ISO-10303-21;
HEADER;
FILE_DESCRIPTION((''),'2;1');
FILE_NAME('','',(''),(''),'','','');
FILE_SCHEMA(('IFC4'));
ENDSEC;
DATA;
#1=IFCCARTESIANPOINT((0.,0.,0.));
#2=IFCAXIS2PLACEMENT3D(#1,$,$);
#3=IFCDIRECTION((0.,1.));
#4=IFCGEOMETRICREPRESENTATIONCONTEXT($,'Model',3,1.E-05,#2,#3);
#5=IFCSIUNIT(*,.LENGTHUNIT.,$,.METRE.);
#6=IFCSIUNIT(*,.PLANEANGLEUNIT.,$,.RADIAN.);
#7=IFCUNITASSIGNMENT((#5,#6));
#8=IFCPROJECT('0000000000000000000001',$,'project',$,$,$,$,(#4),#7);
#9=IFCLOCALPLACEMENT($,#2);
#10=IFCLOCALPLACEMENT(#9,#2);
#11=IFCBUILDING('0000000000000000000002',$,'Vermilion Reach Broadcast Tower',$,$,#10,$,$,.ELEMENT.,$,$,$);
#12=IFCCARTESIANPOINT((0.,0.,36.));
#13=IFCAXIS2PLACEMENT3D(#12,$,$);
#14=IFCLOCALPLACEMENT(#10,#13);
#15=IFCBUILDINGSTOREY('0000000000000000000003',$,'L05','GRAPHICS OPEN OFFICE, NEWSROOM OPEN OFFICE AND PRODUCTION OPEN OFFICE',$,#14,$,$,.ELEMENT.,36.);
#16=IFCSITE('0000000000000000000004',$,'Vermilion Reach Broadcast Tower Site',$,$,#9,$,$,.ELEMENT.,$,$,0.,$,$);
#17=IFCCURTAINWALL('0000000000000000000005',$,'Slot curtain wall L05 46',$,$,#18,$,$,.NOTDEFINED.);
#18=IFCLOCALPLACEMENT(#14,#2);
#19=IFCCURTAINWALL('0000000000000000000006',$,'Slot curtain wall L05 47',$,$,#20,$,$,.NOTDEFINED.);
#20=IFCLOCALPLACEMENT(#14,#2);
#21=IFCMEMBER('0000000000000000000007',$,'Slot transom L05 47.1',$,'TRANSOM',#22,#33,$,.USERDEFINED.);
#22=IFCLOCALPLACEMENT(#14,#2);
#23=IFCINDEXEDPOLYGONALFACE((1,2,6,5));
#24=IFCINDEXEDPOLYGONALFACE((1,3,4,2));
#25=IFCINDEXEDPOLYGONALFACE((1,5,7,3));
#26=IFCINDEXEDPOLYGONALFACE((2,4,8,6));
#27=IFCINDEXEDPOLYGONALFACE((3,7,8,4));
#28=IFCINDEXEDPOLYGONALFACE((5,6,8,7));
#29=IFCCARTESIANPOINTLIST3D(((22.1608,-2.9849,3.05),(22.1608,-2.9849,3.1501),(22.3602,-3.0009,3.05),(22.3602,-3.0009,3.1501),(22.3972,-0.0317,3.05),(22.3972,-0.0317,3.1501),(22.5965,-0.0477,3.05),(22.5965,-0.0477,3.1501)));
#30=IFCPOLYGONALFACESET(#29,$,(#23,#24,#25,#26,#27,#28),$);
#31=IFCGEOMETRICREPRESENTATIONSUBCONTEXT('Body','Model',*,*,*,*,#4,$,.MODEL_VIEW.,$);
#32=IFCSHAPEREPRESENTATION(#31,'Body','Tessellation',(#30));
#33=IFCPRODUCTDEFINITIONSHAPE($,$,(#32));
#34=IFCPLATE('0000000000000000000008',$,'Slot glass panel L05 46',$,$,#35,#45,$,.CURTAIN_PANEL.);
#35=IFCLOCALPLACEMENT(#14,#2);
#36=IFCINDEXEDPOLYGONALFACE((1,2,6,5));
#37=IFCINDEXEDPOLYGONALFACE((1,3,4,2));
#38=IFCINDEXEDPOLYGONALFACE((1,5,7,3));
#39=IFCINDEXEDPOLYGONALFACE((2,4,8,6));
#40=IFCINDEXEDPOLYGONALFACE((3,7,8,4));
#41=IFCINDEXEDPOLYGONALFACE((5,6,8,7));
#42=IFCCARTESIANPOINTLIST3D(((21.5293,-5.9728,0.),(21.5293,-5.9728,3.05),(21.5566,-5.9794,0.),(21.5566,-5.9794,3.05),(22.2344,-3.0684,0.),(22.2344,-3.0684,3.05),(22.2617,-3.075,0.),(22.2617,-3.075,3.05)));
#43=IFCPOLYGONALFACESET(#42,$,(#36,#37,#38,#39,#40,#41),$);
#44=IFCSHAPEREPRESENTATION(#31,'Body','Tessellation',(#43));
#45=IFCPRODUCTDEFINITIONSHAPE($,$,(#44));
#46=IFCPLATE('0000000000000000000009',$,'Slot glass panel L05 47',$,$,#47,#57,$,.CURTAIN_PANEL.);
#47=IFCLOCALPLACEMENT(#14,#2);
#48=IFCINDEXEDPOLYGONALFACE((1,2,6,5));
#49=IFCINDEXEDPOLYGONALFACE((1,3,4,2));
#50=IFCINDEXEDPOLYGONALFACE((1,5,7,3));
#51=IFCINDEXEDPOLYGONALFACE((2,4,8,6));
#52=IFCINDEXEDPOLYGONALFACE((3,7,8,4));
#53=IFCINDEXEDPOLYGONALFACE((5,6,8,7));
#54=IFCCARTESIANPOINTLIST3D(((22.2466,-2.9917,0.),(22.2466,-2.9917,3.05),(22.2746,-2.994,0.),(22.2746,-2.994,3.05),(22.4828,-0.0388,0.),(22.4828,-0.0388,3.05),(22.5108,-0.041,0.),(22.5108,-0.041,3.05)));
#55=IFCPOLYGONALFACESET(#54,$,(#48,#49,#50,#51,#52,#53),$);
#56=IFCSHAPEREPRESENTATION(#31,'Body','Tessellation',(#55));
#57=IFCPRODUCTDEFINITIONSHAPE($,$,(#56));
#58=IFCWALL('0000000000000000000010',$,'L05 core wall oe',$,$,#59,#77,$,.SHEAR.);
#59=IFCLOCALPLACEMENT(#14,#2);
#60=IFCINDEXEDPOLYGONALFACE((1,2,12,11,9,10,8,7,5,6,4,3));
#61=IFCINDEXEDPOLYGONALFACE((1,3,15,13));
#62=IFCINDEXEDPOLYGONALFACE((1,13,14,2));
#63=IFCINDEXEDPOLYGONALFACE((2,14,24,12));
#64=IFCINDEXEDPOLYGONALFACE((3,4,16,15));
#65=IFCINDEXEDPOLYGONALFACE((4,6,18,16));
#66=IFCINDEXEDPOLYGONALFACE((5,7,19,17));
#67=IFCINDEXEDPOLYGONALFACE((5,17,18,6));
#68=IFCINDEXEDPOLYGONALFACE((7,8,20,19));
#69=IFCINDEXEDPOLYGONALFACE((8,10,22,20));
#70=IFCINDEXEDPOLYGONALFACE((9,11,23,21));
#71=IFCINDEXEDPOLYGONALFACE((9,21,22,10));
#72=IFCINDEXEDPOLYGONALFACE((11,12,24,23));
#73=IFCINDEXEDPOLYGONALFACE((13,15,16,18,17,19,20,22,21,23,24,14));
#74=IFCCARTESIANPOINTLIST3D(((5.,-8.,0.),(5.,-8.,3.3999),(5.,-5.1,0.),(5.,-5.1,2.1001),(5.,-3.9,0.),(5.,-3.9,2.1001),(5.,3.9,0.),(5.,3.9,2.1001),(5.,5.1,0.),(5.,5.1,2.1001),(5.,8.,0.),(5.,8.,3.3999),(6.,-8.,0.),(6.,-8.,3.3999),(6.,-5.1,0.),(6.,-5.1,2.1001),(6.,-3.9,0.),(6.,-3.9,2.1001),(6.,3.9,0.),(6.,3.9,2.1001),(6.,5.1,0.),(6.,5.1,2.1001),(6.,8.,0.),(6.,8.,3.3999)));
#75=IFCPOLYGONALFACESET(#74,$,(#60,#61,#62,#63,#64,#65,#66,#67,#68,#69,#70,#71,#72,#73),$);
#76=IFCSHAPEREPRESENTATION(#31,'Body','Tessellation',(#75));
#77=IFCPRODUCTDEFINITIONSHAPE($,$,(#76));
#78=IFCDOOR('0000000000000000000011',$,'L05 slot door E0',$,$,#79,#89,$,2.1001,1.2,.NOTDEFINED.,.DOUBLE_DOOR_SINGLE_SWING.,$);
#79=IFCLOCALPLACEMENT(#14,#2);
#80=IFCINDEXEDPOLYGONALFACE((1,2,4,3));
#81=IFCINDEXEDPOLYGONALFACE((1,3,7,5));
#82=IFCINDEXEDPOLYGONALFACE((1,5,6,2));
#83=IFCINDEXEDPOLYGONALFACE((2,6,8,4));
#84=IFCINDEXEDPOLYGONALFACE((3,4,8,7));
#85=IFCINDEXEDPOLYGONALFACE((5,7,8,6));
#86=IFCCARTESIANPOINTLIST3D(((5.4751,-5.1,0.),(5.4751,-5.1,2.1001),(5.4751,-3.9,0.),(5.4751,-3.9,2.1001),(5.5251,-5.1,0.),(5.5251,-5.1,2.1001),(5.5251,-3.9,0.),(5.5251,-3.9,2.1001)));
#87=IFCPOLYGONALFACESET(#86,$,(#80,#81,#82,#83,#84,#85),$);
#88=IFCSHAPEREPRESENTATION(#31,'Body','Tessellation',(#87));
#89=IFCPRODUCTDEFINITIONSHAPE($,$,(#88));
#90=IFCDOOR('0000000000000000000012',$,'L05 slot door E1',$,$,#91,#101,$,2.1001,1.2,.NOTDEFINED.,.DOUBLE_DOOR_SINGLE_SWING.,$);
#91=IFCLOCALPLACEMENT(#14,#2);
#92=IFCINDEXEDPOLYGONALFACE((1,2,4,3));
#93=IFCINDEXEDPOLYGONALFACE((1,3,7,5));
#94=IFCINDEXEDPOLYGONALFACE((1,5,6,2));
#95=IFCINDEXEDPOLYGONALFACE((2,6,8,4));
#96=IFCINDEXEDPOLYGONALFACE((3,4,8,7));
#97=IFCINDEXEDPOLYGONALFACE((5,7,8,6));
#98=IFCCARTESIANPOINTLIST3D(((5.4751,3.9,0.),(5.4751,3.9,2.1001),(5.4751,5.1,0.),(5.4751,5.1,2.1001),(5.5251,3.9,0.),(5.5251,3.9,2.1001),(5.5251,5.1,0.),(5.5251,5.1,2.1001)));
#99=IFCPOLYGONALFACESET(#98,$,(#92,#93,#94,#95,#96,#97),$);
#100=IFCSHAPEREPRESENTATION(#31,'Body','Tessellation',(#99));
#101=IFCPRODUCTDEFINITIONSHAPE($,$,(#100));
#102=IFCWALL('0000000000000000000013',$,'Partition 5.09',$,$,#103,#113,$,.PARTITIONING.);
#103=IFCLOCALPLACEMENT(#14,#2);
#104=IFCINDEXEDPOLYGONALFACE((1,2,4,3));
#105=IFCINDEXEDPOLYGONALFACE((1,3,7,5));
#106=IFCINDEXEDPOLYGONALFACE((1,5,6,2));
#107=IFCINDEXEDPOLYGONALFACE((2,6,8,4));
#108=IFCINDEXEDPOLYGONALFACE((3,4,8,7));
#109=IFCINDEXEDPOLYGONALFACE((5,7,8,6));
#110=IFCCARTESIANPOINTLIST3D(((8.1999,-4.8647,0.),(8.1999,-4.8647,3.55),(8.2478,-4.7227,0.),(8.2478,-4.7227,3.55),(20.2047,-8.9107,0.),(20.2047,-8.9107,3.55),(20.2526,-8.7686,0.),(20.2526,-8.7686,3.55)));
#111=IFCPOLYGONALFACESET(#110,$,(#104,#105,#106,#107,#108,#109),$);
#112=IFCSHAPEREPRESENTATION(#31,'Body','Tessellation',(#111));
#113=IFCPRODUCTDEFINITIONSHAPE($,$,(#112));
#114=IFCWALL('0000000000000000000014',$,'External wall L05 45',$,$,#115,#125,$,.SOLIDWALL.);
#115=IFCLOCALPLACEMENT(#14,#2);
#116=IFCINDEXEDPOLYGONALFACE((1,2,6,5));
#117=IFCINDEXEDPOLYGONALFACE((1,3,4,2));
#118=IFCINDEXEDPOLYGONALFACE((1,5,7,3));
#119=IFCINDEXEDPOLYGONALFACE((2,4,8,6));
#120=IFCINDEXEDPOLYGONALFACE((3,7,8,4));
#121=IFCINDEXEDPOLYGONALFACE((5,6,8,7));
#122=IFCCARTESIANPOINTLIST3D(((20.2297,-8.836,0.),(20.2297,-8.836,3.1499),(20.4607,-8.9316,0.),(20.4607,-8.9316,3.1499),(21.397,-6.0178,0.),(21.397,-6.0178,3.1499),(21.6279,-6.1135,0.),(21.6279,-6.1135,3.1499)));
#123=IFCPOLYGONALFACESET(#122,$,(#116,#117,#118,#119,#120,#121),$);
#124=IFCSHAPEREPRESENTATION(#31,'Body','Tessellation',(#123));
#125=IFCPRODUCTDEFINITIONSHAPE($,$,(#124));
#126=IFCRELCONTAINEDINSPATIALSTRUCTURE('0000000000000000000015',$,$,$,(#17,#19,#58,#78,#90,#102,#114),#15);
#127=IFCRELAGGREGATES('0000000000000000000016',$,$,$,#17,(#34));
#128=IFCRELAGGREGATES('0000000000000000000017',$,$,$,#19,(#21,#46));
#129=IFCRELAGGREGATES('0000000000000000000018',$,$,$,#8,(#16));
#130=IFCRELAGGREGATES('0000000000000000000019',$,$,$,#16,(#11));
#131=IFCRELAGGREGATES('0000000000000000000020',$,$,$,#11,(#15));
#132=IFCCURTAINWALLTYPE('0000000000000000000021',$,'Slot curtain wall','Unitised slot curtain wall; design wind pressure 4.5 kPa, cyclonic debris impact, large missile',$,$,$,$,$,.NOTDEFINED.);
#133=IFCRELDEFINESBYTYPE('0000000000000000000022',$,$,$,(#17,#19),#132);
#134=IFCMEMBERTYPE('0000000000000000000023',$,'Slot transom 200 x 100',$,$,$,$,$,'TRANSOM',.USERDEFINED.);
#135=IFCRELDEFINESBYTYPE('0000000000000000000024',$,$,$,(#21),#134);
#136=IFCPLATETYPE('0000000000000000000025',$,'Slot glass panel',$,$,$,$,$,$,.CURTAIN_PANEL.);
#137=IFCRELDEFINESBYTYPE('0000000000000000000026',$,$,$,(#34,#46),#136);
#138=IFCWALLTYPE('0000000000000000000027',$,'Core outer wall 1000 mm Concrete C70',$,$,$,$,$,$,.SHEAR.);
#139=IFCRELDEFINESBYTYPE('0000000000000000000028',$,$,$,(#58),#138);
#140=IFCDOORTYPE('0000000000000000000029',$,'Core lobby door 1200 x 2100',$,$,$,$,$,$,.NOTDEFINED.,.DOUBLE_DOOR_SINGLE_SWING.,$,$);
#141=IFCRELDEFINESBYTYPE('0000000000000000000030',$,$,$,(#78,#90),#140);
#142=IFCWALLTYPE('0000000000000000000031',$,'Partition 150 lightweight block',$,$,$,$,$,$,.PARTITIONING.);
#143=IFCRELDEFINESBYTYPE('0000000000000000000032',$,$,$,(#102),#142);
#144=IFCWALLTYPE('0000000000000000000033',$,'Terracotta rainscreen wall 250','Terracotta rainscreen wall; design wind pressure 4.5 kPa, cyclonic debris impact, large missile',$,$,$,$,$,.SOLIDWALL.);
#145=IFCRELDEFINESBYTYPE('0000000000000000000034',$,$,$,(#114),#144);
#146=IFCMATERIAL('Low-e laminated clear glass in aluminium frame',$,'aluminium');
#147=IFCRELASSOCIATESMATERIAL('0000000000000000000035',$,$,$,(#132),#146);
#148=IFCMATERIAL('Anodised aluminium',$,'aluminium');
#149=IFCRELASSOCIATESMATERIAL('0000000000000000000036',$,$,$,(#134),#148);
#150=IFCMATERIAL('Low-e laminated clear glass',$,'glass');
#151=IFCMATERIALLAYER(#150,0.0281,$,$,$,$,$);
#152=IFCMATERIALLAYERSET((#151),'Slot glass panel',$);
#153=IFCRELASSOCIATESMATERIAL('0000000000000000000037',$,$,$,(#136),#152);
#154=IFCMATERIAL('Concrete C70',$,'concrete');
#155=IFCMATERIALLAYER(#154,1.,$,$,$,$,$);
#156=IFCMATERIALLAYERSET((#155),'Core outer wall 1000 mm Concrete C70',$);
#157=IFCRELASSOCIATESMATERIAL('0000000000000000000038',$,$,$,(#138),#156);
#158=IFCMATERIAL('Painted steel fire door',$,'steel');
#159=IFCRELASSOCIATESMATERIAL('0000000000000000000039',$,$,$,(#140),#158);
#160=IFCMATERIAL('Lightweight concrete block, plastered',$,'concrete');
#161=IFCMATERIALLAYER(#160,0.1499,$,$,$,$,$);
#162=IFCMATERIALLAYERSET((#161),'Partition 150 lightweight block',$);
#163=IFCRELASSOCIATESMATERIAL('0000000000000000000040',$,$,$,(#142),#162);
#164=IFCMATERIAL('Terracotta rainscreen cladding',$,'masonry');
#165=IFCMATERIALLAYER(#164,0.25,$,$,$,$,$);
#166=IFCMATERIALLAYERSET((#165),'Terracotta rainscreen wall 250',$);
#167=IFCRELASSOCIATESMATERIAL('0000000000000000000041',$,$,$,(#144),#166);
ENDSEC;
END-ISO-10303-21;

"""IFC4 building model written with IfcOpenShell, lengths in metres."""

from ifc_helpers import new_model, si_unit, direction, frame, frame_2d, origin, origin_2d, place, context, subcontext, project, spatial, rectangle, extrude, material, layer, layer_set, material_profile, profile_set, type_object, element, fill, aggregate, save


model = new_model("IFC4")

# Units and contexts
model_context = context("Model", 3, precision=1e-05, world=origin(), true_north=direction((0.0, 1.0)))
body_context = subcontext(model_context, "Body", "Model", "MODEL_VIEW")
ifc_project = project(units=[si_unit("LENGTHUNIT", "METRE"), si_unit("PLANEANGLEUNIT", "RADIAN")], contexts=[model_context])

# Site, building, storey
site_placement = place(None, origin())
site = spatial("IfcSite", under=ifc_project, at=site_placement, Name="Vermilion Reach Broadcast Tower Site", CompositionType="ELEMENT", RefElevation=0.0)
building_placement = place(site_placement, origin())
building = spatial("IfcBuilding", under=site, at=building_placement, Name="Vermilion Reach Broadcast Tower", CompositionType="ELEMENT")
storey_placement = place(building_placement, frame((0.0, 0.0, 36.0)))
storey = spatial("IfcBuildingStorey", under=building, at=storey_placement, Name="L05", Description="GRAPHICS OPEN OFFICE, NEWSROOM OPEN OFFICE AND PRODUCTION OPEN OFFICE", CompositionType="ELEMENT", Elevation=36.0)

# Curtain walls
ifc_material_1 = material(Name="Low-e laminated clear glass in aluminium frame", Category="aluminium")
curtain_wall_type = type_object("IfcCurtainWallType", Name="Slot curtain wall", Description="Unitised slot curtain wall; design wind pressure 4.5 kPa, cyclonic debris impact, large missile", PredefinedType="NOTDEFINED", material=ifc_material_1)
placement = place(storey_placement, origin())
curtain_wall_1 = element("IfcCurtainWall", 1, at=placement, inside=storey, type_object=curtain_wall_type, Name="Slot curtain wall L05 46", PredefinedType="NOTDEFINED")
curtain_wall_2 = element("IfcCurtainWall", 2, at=placement, inside=storey, type_object=curtain_wall_type, Name="Slot curtain wall L05 47", PredefinedType="NOTDEFINED")

# Member
ifc_material_2 = material(Name="Anodised aluminium", Category="aluminium")
ifc_material_profile_1 = material_profile(ifc_material_2, rectangle(XDim=0.2, YDim=0.1001, at=origin_2d()), Name="Slot transom 200 x 100")
ifc_profile_set_1 = profile_set([ifc_material_profile_1], Name="Anodised aluminium")
member_type_1 = type_object("IfcMemberType", Name="Slot transom 200 x 100", ElementType="TRANSOM", PredefinedType="USERDEFINED", material=ifc_profile_set_1)
member_1_placement = place(storey_placement, frame((22.2605, -2.9929, 3.1001), z_axis=(0.079771, 0.996813, 0.0), x_axis=(-0.996813, 0.079771, 0.0)))
member_1 = element("IfcMember", 3, at=member_1_placement, type_object=member_type_1, Name="Slot transom L05 47.1", ObjectType="TRANSOM", PredefinedType="USERDEFINED", context=body_context, shape_type="SweptSolid", body=[
    extrude(rectangle(XDim=0.2, YDim=0.1001, at=origin_2d()), origin(), (0.0, 0.0, 1.0), 2.9626),
])

# Plates
ifc_material_3 = material(Name="Low-e laminated clear glass", Category="glass")
ifc_layer_1 = layer(ifc_material_3, 0.0281)
ifc_layer_set_1 = layer_set([ifc_layer_1], Name="Slot glass panel")
plate_type = type_object("IfcPlateType", Name="Slot glass panel", PredefinedType="CURTAIN_PANEL", material=ifc_layer_set_1)
plate_1_placement = place(storey_placement, frame((21.8955, -4.5239, 0.0), z_axis=(0.0, 0.0, 1.0), x_axis=(0.235897, 0.971778, 0.0)))
plate_1 = element("IfcPlate", 4, at=plate_1_placement, type_object=plate_type, Name="Slot glass panel L05 46", PredefinedType="CURTAIN_PANEL", context=body_context, shape_type="SweptSolid", body=[
    extrude(rectangle(XDim=2.9888, YDim=0.0281, at=origin_2d()), origin(), (0.0, 0.0, 1.0), 3.05),
])
aggregate(curtain_wall_1, [plate_1])
plate_2_placement = place(storey_placement, frame((22.3787, -1.5164, 0.0), z_axis=(0.0, 0.0, 1.0), x_axis=(0.079733, 0.996816, 0.0)))
plate_2 = element("IfcPlate", 5, at=plate_2_placement, type_object=plate_type, Name="Slot glass panel L05 47", PredefinedType="CURTAIN_PANEL", context=body_context, shape_type="SweptSolid", body=[
    extrude(rectangle(XDim=2.9624, YDim=0.0281, at=origin_2d()), origin(), (0.0, 0.0, 1.0), 3.05),
])
aggregate(curtain_wall_2, [member_1, plate_2])

# Wall, openings, doors
ifc_material_4 = material(Name="Concrete C70", Category="concrete")
ifc_layer_2 = layer(ifc_material_4, 1.0)
ifc_layer_set_2 = layer_set([ifc_layer_2], Name="Core outer wall 1000 mm Concrete C70")
wall_type_1 = type_object("IfcWallType", Name="Core outer wall 1000 mm Concrete C70", PredefinedType="SHEAR", material=ifc_layer_set_2)
wall_1_placement = place(storey_placement, frame((5.5, -8.0, 0.0), z_axis=(0.0, 0.0, 1.0), x_axis=(0.0, 1.0, 0.0)))
wall_1 = element("IfcWall", 6, at=wall_1_placement, inside=storey, type_object=wall_type_1, Name="L05 core wall oe", PredefinedType="SHEAR", context=body_context, shape_type="SweptSolid", body=[
    extrude(rectangle(XDim=16.0, YDim=1.0, at=frame_2d((8.0, 0.0))), origin(), (0.0, 0.0, 1.0), 3.3999),
])
opening_1_placement = place(wall_1_placement, frame((2.8999, 0.0, 0.0)))
opening_1 = element("IfcOpeningElement", 7, at=opening_1_placement, cuts=wall_1, PredefinedType="OPENING", context=body_context, shape_type="SweptSolid", body=[
    extrude(rectangle(XDim=1.2, YDim=2.1001, at=frame_2d((0.6001, 1.05))), frame((0.0, 0.51, 0.0), z_axis=(0.0, -1.0, 0.0), x_axis=(1.0, 0.0, 0.0)), (0.0, 0.0, 1.0), 1.02),
])
opening_2_placement = place(wall_1_placement, frame((11.8999, 0.0, 0.0)))
opening_2 = element("IfcOpeningElement", 8, at=opening_2_placement, cuts=wall_1, PredefinedType="OPENING", context=body_context, shape_type="SweptSolid", body=[
    extrude(rectangle(XDim=1.2, YDim=2.1001, at=frame_2d((0.6001, 1.05))), frame((0.0, 0.51, 0.0), z_axis=(0.0, -1.0, 0.0), x_axis=(1.0, 0.0, 0.0)), (0.0, 0.0, 1.0), 1.02),
])
ifc_material_5 = material(Name="Painted steel fire door", Category="steel")
door_type = type_object("IfcDoorType", Name="Core lobby door 1200 x 2100", OperationType="DOUBLE_DOOR_SINGLE_SWING", PredefinedType="NOTDEFINED", material=ifc_material_5)
door_1_placement = place(opening_1_placement, origin())
door_1 = element("IfcDoor", 9, at=door_1_placement, inside=storey, type_object=door_type, Name="L05 slot door E0", OperationType="DOUBLE_DOOR_SINGLE_SWING", OverallHeight=2.1001, OverallWidth=1.2, PredefinedType="NOTDEFINED", context=body_context, shape_type="SweptSolid", body=[
    extrude(rectangle(XDim=1.2, YDim=2.1001, at=frame_2d((0.6001, 1.05))), frame((0.0, 0.0249, 0.0), z_axis=(0.0, -1.0, 0.0), x_axis=(1.0, 0.0, 0.0)), (0.0, 0.0, 1.0), 0.05),
])
fill(opening_1, door_1)
door_2_placement = place(opening_2_placement, origin())
door_2 = element("IfcDoor", 10, at=door_2_placement, inside=storey, type_object=door_type, Name="L05 slot door E1", OperationType="DOUBLE_DOOR_SINGLE_SWING", OverallHeight=2.1001, OverallWidth=1.2, PredefinedType="NOTDEFINED", context=body_context, shape_type="SweptSolid", body=[
    extrude(rectangle(XDim=1.2, YDim=2.1001, at=frame_2d((0.6001, 1.05))), frame((0.0, 0.0249, 0.0), z_axis=(0.0, -1.0, 0.0), x_axis=(1.0, 0.0, 0.0)), (0.0, 0.0, 1.0), 0.05),
])
fill(opening_2, door_2)

# Walls
ifc_material_6 = material(Name="Lightweight concrete block, plastered", Category="concrete")
ifc_layer_3 = layer(ifc_material_6, 0.1499)
ifc_layer_set_3 = layer_set([ifc_layer_3], Name="Partition 150 lightweight block")
wall_type_2 = type_object("IfcWallType", Name="Partition 150 lightweight block", PredefinedType="PARTITIONING", material=ifc_layer_set_3)
wall_2_placement = place(storey_placement, frame((20.2285, -8.8396, 0.0), z_axis=(0.0, 0.0, 1.0), x_axis=(-0.947628, 0.319377, 0.0)))
element("IfcWall", 11, at=wall_2_placement, inside=storey, type_object=wall_type_2, Name="Partition 5.09", PredefinedType="PARTITIONING", context=body_context, shape_type="SweptSolid", body=[
    extrude(rectangle(XDim=12.6682, YDim=0.1499, at=frame_2d((6.334, 0.0))), origin(), (0.0, 0.0, 1.0), 3.55),
])
ifc_material_7 = material(Name="Terracotta rainscreen cladding", Category="masonry")
ifc_layer_4 = layer(ifc_material_7, 0.25)
ifc_layer_set_4 = layer_set([ifc_layer_4], Name="Terracotta rainscreen wall 250")
wall_type_3 = type_object("IfcWallType", Name="Terracotta rainscreen wall 250", Description="Terracotta rainscreen wall; design wind pressure 4.5 kPa, cyclonic debris impact, large missile", PredefinedType="SOLIDWALL", material=ifc_layer_set_4)
wall_3_placement = place(storey_placement, frame((20.3452, -8.8838, 0.0), z_axis=(0.0, 0.0, 1.0), x_axis=(0.382665, 0.923887, 0.0)))
element("IfcWall", 12, at=wall_3_placement, inside=storey, type_object=wall_type_3, Name="External wall L05 45", PredefinedType="SOLIDWALL", context=body_context, shape_type="SweptSolid", body=[
    extrude(rectangle(XDim=3.0503, YDim=0.25, at=frame_2d((1.5251, 0.0))), origin(), (0.0, 0.0, 1.0), 3.1499),
])

save(model, "model.ifc")
